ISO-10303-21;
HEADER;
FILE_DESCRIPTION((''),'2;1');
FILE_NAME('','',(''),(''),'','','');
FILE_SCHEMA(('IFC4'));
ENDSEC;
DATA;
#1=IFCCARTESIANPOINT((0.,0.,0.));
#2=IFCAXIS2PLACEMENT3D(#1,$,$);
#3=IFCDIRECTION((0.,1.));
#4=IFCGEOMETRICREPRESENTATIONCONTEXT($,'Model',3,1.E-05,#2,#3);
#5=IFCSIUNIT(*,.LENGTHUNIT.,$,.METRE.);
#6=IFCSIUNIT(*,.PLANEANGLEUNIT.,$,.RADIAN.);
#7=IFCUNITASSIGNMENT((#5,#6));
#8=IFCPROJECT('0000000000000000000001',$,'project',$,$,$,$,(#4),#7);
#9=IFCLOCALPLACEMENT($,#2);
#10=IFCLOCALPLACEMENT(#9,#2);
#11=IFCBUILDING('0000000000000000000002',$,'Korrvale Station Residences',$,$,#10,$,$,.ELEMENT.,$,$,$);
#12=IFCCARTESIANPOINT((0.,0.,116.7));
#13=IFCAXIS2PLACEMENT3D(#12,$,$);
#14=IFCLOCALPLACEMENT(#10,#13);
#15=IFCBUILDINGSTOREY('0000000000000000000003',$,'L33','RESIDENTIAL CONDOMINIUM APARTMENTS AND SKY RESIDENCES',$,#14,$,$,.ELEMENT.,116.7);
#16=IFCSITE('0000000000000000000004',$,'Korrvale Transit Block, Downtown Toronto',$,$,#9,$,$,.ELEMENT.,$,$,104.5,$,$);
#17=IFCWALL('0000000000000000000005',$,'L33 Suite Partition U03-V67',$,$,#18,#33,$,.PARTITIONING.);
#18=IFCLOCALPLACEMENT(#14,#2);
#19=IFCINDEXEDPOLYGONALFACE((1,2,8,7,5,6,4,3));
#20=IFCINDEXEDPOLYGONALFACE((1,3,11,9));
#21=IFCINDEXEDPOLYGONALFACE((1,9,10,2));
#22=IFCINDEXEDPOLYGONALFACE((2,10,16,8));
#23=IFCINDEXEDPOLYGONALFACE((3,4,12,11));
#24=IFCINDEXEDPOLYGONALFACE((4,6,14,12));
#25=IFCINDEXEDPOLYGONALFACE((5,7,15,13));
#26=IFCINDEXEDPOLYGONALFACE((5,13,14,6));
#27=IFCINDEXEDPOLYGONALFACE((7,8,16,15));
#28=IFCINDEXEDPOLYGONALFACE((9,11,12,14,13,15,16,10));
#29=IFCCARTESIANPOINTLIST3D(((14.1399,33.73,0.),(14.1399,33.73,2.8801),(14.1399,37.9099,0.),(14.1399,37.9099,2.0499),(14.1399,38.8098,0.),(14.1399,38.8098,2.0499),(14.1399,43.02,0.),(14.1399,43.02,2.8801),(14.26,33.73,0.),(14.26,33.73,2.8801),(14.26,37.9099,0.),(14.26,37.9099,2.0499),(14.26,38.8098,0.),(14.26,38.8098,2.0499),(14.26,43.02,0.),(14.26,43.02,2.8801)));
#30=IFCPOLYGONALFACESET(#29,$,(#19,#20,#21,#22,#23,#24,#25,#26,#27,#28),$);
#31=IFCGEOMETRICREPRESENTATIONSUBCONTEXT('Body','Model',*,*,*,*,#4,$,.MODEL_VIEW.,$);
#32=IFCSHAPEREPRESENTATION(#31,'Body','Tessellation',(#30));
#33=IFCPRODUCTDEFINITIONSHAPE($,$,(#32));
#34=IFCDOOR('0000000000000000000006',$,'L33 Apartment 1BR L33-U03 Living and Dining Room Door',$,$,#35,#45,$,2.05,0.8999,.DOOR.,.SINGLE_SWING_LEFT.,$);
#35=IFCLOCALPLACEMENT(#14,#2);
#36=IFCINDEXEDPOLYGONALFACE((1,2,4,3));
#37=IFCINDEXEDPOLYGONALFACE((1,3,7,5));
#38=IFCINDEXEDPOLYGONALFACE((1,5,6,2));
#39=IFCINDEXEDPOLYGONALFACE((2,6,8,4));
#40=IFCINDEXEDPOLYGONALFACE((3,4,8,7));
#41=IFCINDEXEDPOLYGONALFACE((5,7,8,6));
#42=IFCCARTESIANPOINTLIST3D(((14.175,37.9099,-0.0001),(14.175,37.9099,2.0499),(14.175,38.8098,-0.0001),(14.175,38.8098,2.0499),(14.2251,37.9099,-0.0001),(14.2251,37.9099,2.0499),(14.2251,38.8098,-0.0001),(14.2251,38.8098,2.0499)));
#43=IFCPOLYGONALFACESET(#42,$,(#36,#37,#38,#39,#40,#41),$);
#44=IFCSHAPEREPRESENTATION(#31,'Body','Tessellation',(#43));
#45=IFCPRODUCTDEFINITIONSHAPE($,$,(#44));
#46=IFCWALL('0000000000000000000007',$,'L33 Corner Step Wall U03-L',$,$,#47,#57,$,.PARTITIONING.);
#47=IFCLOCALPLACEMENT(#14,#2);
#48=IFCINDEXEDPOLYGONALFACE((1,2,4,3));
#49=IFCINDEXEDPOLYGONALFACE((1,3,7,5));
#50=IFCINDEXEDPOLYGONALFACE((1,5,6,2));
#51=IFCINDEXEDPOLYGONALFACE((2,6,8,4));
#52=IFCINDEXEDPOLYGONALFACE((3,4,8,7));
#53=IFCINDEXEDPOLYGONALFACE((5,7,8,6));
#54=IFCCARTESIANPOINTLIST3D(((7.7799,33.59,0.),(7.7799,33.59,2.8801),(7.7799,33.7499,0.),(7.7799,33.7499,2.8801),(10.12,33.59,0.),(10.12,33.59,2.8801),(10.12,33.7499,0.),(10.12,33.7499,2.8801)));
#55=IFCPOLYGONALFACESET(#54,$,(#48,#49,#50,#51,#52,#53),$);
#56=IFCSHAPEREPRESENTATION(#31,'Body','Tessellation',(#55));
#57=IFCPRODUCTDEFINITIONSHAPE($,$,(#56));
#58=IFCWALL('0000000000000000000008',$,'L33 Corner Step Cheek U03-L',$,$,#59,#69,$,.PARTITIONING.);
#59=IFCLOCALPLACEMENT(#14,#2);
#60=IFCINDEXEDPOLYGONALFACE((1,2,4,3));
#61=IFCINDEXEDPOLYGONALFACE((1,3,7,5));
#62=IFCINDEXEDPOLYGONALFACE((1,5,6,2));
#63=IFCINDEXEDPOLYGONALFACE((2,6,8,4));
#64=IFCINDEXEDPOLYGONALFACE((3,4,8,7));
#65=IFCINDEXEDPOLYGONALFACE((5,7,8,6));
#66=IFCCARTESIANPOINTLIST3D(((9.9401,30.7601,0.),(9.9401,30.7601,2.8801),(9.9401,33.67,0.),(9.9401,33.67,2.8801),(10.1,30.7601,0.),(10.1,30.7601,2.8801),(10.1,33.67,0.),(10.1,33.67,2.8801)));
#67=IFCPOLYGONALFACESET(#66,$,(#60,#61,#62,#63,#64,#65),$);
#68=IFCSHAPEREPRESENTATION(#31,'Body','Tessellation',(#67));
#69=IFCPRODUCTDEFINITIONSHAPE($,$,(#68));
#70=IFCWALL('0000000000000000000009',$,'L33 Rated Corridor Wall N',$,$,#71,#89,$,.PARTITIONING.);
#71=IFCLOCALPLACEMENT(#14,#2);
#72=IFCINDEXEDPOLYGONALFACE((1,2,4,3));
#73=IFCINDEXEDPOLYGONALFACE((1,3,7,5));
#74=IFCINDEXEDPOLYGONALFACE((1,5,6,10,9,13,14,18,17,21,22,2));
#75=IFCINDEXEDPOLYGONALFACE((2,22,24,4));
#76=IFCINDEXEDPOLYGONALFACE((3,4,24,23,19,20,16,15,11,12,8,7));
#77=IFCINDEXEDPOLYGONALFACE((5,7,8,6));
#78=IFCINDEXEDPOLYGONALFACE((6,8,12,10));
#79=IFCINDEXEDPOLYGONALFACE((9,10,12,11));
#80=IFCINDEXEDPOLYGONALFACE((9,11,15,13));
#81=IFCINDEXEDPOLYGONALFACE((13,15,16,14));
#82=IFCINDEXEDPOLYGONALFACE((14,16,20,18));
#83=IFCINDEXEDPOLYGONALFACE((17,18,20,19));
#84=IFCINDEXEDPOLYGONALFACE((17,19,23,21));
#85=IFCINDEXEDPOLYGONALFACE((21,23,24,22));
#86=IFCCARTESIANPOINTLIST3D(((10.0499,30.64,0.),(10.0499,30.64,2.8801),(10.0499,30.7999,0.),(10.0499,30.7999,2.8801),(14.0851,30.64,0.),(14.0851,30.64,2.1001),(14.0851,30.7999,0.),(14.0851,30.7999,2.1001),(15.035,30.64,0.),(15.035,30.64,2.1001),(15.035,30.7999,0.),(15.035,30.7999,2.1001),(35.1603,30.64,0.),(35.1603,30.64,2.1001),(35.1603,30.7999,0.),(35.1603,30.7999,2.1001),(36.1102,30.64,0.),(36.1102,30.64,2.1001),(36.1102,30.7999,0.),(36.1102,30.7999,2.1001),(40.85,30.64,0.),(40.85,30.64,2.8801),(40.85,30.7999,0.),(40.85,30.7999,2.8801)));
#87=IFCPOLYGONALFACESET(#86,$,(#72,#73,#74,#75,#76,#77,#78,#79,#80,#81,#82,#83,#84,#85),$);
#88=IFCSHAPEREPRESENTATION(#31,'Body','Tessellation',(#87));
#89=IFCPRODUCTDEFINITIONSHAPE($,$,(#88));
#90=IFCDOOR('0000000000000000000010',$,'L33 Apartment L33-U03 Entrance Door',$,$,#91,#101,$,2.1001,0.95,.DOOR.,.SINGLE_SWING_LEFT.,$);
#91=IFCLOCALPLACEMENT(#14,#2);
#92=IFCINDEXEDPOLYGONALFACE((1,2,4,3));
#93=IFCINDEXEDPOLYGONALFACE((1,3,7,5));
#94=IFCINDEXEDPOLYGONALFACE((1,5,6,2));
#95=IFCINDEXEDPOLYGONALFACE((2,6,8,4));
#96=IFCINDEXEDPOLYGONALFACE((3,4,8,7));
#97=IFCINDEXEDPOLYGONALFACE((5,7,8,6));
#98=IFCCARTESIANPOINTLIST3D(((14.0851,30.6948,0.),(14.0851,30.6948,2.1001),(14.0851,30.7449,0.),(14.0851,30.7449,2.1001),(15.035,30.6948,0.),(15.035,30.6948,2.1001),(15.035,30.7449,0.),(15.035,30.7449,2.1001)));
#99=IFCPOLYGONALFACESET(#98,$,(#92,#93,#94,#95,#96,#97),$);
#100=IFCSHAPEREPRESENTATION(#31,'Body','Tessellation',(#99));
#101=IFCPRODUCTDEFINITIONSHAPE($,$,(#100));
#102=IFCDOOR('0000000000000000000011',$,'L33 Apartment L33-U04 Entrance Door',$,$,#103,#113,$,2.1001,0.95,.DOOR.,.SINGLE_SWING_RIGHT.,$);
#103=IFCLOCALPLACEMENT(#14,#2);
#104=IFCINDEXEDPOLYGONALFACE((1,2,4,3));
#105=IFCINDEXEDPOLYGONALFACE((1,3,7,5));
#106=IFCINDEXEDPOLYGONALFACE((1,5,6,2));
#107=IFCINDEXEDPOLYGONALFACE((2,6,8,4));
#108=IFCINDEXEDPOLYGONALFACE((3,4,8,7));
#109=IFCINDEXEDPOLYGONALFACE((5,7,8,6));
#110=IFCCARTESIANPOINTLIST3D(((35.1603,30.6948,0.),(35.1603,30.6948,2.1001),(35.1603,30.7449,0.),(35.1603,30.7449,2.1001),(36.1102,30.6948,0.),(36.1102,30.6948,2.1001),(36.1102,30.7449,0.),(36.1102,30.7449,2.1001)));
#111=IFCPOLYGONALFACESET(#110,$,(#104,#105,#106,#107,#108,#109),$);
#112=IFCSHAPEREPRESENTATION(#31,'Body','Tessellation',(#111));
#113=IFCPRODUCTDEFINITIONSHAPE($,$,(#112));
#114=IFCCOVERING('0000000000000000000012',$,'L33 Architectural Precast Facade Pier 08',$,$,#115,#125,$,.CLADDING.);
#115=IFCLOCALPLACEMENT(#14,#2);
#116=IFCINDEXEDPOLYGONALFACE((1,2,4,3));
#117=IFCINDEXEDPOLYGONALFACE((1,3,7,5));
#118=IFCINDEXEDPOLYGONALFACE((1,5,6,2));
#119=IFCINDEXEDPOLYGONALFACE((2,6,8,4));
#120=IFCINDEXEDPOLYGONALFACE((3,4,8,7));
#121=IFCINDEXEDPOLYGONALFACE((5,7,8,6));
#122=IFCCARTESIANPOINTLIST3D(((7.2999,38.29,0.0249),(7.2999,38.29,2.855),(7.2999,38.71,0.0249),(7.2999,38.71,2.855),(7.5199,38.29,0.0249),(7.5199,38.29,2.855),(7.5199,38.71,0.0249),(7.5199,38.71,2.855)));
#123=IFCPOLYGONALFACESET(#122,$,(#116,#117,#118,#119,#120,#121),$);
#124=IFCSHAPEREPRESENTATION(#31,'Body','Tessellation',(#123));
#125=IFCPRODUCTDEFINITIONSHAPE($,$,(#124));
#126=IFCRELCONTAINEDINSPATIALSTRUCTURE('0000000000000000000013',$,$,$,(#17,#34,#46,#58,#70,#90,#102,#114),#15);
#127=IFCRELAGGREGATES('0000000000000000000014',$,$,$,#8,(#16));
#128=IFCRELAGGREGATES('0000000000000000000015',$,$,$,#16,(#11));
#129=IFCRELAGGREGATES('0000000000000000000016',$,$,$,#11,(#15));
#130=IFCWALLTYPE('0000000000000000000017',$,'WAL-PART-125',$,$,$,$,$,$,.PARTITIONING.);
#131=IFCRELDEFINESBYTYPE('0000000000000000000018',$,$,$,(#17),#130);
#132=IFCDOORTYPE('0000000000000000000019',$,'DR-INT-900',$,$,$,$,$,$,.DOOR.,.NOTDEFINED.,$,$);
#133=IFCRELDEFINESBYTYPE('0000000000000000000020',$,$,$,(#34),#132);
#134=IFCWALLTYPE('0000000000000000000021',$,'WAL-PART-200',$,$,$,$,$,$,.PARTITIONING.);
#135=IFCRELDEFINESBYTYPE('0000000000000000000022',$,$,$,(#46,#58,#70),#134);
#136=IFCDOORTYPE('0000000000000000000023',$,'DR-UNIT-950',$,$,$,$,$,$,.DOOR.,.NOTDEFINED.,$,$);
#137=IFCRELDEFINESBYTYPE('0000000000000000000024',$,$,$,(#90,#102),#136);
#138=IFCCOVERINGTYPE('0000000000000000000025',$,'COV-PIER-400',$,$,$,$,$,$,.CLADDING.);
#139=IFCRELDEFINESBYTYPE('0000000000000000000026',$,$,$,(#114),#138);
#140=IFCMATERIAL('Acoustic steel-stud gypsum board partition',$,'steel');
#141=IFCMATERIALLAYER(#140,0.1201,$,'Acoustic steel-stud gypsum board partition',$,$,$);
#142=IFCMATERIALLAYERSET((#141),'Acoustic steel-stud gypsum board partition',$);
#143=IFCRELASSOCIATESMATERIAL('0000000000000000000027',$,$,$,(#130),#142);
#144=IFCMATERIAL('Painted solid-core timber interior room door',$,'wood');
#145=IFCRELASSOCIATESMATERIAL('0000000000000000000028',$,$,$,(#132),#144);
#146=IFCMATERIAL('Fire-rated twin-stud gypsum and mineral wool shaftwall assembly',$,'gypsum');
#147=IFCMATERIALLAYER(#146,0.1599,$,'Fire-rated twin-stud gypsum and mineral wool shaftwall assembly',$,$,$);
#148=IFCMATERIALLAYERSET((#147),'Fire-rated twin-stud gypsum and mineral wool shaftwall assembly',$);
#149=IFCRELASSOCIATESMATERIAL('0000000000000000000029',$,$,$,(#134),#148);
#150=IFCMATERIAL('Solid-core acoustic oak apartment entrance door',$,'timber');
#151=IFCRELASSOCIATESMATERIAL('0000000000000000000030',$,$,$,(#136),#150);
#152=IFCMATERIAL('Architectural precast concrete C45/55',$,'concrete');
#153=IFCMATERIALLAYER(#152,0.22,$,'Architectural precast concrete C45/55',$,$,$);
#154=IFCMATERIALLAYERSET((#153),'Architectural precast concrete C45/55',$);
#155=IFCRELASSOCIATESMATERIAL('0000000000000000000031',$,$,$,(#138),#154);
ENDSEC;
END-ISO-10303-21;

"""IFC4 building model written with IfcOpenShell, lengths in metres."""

from ifc_helpers import new_model, si_unit, direction, frame, frame_2d, origin, origin_2d, place, context, subcontext, project, spatial, rectangle, extrude, material, layer, layer_set, type_object, element, fill, save


model = new_model("IFC4")

# Units and contexts
model_context = context("Model", 3, precision=1e-05, world=origin(), true_north=direction((0.0, 1.0)))
body_context = subcontext(model_context, "Body", "Model", "MODEL_VIEW")
ifc_project = project(units=[si_unit("LENGTHUNIT", "METRE"), si_unit("PLANEANGLEUNIT", "RADIAN")], contexts=[model_context])

# Site, building, storey
site_placement = place(None, origin())
site = spatial("IfcSite", under=ifc_project, at=site_placement, Name="Korrvale Transit Block, Downtown Toronto", CompositionType="ELEMENT", RefElevation=104.5)
building_placement = place(site_placement, origin())
building = spatial("IfcBuilding", under=site, at=building_placement, Name="Korrvale Station Residences", CompositionType="ELEMENT")
storey_placement = place(building_placement, frame((0.0, 0.0, 116.7)))
storey = spatial("IfcBuildingStorey", under=building, at=storey_placement, Name="L33", Description="RESIDENTIAL CONDOMINIUM APARTMENTS AND SKY RESIDENCES", CompositionType="ELEMENT", Elevation=116.7)

# Shared definitions
ifc_material_1 = material(Name="Acoustic steel-stud gypsum board partition", Category="steel")
ifc_layer_1 = layer(ifc_material_1, 0.1201, Name="Acoustic steel-stud gypsum board partition")
ifc_layer_set_1 = layer_set([ifc_layer_1], Name="Acoustic steel-stud gypsum board partition")
wall_type_1 = type_object("IfcWallType", Name="WAL-PART-125", PredefinedType="PARTITIONING", material=ifc_layer_set_1)

# Wall, opening, door
ifc_material_2 = material(Name="Painted solid-core timber interior room door", Category="wood")
door_type_1 = type_object("IfcDoorType", Name="DR-INT-900", OperationType="NOTDEFINED", PredefinedType="DOOR", material=ifc_material_2)
wall_1_placement = place(storey_placement, frame((14.2, 33.73, 0.0), z_axis=(0.0, 0.0, 1.0), x_axis=(0.0, 1.0, 0.0)))
wall_1 = element("IfcWall", 1, at=wall_1_placement, inside=storey, type_object=wall_type_1, Name="L33 Suite Partition U03-V67", PredefinedType="PARTITIONING", context=body_context, shape_type="SweptSolid", body=[
    extrude(rectangle(XDim=9.29, YDim=0.1201, at=frame_2d((4.645, 0.0))), origin(), (0.0, 0.0, 1.0), 2.8801),
])
opening_1_placement = place(wall_1_placement, frame((4.1799, 0.0, 0.0)))
opening_1 = element("IfcOpeningElement", 2, at=opening_1_placement, cuts=wall_1, PredefinedType="OPENING", context=body_context, shape_type="SweptSolid", body=[
    extrude(rectangle(XDim=0.8999, YDim=2.05, at=frame_2d((0.45, 1.0249))), frame((0.0, 0.0701, 0.0), z_axis=(0.0, -1.0, 0.0), x_axis=(1.0, 0.0, 0.0)), (0.0, 0.0, 1.0), 0.1401),
])
door_1_placement = place(opening_1_placement, origin())
door_1 = element("IfcDoor", 3, at=door_1_placement, inside=storey, type_object=door_type_1, Name="L33 Apartment 1BR L33-U03 Living and Dining Room Door", OperationType="SINGLE_SWING_LEFT", OverallHeight=2.05, OverallWidth=0.8999, PredefinedType="DOOR", context=body_context, shape_type="SweptSolid", body=[
    extrude(rectangle(XDim=0.8999, YDim=2.05, at=frame_2d((0.45, 1.0249))), frame((0.0, 0.0249, 0.0), z_axis=(0.0, -1.0, 0.0), x_axis=(1.0, 0.0, 0.0)), (0.0, 0.0, 1.0), 0.05),
])
fill(opening_1, door_1)

# Walls
ifc_material_3 = material(Name="Fire-rated twin-stud gypsum and mineral wool shaftwall assembly", Category="gypsum")
ifc_layer_2 = layer(ifc_material_3, 0.1599, Name="Fire-rated twin-stud gypsum and mineral wool shaftwall assembly")
ifc_layer_set_2 = layer_set([ifc_layer_2], Name="Fire-rated twin-stud gypsum and mineral wool shaftwall assembly")
wall_type_2 = type_object("IfcWallType", Name="WAL-PART-200", PredefinedType="PARTITIONING", material=ifc_layer_set_2)
wall_2_placement = place(storey_placement, frame((7.78, 33.6699, 0.0), z_axis=(0.0, 0.0, 1.0), x_axis=(1.0, 0.0, 0.0)))
element("IfcWall", 4, at=wall_2_placement, inside=storey, type_object=wall_type_2, Name="L33 Corner Step Wall U03-L", PredefinedType="PARTITIONING", context=body_context, shape_type="SweptSolid", body=[
    extrude(rectangle(XDim=2.3401, YDim=0.1599, at=frame_2d((1.1699, 0.0))), origin(), (0.0, 0.0, 1.0), 2.8801),
])
wall_3_placement = place(storey_placement, frame((10.02, 30.76, 0.0), z_axis=(0.0, 0.0, 1.0), x_axis=(0.0, 1.0, 0.0)))
element("IfcWall", 5, at=wall_3_placement, inside=storey, type_object=wall_type_2, Name="L33 Corner Step Cheek U03-L", PredefinedType="PARTITIONING", context=body_context, shape_type="SweptSolid", body=[
    extrude(rectangle(XDim=2.9099, YDim=0.1599, at=frame_2d((1.4551, 0.0))), origin(), (0.0, 0.0, 1.0), 2.8801),
])

# Wall, openings, doors
wall_4_placement = place(storey_placement, frame((10.05, 30.72, 0.0), z_axis=(0.0, 0.0, 1.0), x_axis=(1.0, 0.0, 0.0)))
wall_4 = element("IfcWall", 6, at=wall_4_placement, inside=storey, type_object=wall_type_2, Name="L33 Rated Corridor Wall N", PredefinedType="PARTITIONING", context=body_context, shape_type="SweptSolid", body=[
    extrude(rectangle(XDim=30.8, YDim=0.1599, at=frame_2d((15.3999, 0.0))), origin(), (0.0, 0.0, 1.0), 2.8801),
])
opening_2_placement = place(wall_4_placement, frame((4.0349, 0.0, 0.0)))
opening_2 = element("IfcOpeningElement", 7, at=opening_2_placement, cuts=wall_4, PredefinedType="OPENING", context=body_context, shape_type="SweptSolid", body=[
    extrude(rectangle(XDim=0.95, YDim=2.1001, at=frame_2d((0.4751, 1.05))), frame((0.0, 0.0898, 0.0), z_axis=(0.0, -1.0, 0.0), x_axis=(1.0, 0.0, 0.0)), (0.0, 0.0, 1.0), 0.1799),
])
opening_3_placement = place(wall_4_placement, frame((25.1101, 0.0, 0.0)))
opening_3 = element("IfcOpeningElement", 8, at=opening_3_placement, cuts=wall_4, PredefinedType="OPENING", context=body_context, shape_type="SweptSolid", body=[
    extrude(rectangle(XDim=0.95, YDim=2.1001, at=frame_2d((0.4751, 1.05))), frame((0.0, 0.0898, 0.0), z_axis=(0.0, -1.0, 0.0), x_axis=(1.0, 0.0, 0.0)), (0.0, 0.0, 1.0), 0.1799),
])
ifc_material_4 = material(Name="Solid-core acoustic oak apartment entrance door", Category="timber")
door_type_2 = type_object("IfcDoorType", Name="DR-UNIT-950", OperationType="NOTDEFINED", PredefinedType="DOOR", material=ifc_material_4)
door_2_placement = place(opening_2_placement, origin())
door_2 = element("IfcDoor", 9, at=door_2_placement, inside=storey, type_object=door_type_2, Name="L33 Apartment L33-U03 Entrance Door", OperationType="SINGLE_SWING_LEFT", OverallHeight=2.1001, OverallWidth=0.95, PredefinedType="DOOR", context=body_context, shape_type="SweptSolid", body=[
    extrude(rectangle(XDim=0.95, YDim=2.1001, at=frame_2d((0.4751, 1.05))), frame((0.0, 0.0249, 0.0), z_axis=(0.0, -1.0, 0.0), x_axis=(1.0, 0.0, 0.0)), (0.0, 0.0, 1.0), 0.05),
])
fill(opening_2, door_2)
door_3_placement = place(opening_3_placement, origin())
door_3 = element("IfcDoor", 10, at=door_3_placement, inside=storey, type_object=door_type_2, Name="L33 Apartment L33-U04 Entrance Door", OperationType="SINGLE_SWING_RIGHT", OverallHeight=2.1001, OverallWidth=0.95, PredefinedType="DOOR", context=body_context, shape_type="SweptSolid", body=[
    extrude(rectangle(XDim=0.95, YDim=2.1001, at=frame_2d((0.4751, 1.05))), frame((0.0, 0.0249, 0.0), z_axis=(0.0, -1.0, 0.0), x_axis=(1.0, 0.0, 0.0)), (0.0, 0.0, 1.0), 0.05),
])
fill(opening_3, door_3)

# Covering
ifc_material_5 = material(Name="Architectural precast concrete C45/55", Category="concrete")
ifc_layer_3 = layer(ifc_material_5, 0.22, Name="Architectural precast concrete C45/55")
ifc_layer_set_3 = layer_set([ifc_layer_3], Name="Architectural precast concrete C45/55")
covering_type = type_object("IfcCoveringType", Name="COV-PIER-400", PredefinedType="CLADDING", material=ifc_layer_set_3)
covering_placement = place(storey_placement, frame((7.4099, 38.5, 0.0249), z_axis=(0.0, 0.0, 1.0), x_axis=(0.0, 1.0, 0.0)))
element("IfcCovering", 11, at=covering_placement, inside=storey, type_object=covering_type, Name="L33 Architectural Precast Facade Pier 08", PredefinedType="CLADDING", context=body_context, shape_type="SweptSolid", body=[
    extrude(rectangle(XDim=0.4199, YDim=0.22, at=origin_2d()), origin(), (0.0, 0.0, 1.0), 2.8301),
])

save(model, "model.ifc")
